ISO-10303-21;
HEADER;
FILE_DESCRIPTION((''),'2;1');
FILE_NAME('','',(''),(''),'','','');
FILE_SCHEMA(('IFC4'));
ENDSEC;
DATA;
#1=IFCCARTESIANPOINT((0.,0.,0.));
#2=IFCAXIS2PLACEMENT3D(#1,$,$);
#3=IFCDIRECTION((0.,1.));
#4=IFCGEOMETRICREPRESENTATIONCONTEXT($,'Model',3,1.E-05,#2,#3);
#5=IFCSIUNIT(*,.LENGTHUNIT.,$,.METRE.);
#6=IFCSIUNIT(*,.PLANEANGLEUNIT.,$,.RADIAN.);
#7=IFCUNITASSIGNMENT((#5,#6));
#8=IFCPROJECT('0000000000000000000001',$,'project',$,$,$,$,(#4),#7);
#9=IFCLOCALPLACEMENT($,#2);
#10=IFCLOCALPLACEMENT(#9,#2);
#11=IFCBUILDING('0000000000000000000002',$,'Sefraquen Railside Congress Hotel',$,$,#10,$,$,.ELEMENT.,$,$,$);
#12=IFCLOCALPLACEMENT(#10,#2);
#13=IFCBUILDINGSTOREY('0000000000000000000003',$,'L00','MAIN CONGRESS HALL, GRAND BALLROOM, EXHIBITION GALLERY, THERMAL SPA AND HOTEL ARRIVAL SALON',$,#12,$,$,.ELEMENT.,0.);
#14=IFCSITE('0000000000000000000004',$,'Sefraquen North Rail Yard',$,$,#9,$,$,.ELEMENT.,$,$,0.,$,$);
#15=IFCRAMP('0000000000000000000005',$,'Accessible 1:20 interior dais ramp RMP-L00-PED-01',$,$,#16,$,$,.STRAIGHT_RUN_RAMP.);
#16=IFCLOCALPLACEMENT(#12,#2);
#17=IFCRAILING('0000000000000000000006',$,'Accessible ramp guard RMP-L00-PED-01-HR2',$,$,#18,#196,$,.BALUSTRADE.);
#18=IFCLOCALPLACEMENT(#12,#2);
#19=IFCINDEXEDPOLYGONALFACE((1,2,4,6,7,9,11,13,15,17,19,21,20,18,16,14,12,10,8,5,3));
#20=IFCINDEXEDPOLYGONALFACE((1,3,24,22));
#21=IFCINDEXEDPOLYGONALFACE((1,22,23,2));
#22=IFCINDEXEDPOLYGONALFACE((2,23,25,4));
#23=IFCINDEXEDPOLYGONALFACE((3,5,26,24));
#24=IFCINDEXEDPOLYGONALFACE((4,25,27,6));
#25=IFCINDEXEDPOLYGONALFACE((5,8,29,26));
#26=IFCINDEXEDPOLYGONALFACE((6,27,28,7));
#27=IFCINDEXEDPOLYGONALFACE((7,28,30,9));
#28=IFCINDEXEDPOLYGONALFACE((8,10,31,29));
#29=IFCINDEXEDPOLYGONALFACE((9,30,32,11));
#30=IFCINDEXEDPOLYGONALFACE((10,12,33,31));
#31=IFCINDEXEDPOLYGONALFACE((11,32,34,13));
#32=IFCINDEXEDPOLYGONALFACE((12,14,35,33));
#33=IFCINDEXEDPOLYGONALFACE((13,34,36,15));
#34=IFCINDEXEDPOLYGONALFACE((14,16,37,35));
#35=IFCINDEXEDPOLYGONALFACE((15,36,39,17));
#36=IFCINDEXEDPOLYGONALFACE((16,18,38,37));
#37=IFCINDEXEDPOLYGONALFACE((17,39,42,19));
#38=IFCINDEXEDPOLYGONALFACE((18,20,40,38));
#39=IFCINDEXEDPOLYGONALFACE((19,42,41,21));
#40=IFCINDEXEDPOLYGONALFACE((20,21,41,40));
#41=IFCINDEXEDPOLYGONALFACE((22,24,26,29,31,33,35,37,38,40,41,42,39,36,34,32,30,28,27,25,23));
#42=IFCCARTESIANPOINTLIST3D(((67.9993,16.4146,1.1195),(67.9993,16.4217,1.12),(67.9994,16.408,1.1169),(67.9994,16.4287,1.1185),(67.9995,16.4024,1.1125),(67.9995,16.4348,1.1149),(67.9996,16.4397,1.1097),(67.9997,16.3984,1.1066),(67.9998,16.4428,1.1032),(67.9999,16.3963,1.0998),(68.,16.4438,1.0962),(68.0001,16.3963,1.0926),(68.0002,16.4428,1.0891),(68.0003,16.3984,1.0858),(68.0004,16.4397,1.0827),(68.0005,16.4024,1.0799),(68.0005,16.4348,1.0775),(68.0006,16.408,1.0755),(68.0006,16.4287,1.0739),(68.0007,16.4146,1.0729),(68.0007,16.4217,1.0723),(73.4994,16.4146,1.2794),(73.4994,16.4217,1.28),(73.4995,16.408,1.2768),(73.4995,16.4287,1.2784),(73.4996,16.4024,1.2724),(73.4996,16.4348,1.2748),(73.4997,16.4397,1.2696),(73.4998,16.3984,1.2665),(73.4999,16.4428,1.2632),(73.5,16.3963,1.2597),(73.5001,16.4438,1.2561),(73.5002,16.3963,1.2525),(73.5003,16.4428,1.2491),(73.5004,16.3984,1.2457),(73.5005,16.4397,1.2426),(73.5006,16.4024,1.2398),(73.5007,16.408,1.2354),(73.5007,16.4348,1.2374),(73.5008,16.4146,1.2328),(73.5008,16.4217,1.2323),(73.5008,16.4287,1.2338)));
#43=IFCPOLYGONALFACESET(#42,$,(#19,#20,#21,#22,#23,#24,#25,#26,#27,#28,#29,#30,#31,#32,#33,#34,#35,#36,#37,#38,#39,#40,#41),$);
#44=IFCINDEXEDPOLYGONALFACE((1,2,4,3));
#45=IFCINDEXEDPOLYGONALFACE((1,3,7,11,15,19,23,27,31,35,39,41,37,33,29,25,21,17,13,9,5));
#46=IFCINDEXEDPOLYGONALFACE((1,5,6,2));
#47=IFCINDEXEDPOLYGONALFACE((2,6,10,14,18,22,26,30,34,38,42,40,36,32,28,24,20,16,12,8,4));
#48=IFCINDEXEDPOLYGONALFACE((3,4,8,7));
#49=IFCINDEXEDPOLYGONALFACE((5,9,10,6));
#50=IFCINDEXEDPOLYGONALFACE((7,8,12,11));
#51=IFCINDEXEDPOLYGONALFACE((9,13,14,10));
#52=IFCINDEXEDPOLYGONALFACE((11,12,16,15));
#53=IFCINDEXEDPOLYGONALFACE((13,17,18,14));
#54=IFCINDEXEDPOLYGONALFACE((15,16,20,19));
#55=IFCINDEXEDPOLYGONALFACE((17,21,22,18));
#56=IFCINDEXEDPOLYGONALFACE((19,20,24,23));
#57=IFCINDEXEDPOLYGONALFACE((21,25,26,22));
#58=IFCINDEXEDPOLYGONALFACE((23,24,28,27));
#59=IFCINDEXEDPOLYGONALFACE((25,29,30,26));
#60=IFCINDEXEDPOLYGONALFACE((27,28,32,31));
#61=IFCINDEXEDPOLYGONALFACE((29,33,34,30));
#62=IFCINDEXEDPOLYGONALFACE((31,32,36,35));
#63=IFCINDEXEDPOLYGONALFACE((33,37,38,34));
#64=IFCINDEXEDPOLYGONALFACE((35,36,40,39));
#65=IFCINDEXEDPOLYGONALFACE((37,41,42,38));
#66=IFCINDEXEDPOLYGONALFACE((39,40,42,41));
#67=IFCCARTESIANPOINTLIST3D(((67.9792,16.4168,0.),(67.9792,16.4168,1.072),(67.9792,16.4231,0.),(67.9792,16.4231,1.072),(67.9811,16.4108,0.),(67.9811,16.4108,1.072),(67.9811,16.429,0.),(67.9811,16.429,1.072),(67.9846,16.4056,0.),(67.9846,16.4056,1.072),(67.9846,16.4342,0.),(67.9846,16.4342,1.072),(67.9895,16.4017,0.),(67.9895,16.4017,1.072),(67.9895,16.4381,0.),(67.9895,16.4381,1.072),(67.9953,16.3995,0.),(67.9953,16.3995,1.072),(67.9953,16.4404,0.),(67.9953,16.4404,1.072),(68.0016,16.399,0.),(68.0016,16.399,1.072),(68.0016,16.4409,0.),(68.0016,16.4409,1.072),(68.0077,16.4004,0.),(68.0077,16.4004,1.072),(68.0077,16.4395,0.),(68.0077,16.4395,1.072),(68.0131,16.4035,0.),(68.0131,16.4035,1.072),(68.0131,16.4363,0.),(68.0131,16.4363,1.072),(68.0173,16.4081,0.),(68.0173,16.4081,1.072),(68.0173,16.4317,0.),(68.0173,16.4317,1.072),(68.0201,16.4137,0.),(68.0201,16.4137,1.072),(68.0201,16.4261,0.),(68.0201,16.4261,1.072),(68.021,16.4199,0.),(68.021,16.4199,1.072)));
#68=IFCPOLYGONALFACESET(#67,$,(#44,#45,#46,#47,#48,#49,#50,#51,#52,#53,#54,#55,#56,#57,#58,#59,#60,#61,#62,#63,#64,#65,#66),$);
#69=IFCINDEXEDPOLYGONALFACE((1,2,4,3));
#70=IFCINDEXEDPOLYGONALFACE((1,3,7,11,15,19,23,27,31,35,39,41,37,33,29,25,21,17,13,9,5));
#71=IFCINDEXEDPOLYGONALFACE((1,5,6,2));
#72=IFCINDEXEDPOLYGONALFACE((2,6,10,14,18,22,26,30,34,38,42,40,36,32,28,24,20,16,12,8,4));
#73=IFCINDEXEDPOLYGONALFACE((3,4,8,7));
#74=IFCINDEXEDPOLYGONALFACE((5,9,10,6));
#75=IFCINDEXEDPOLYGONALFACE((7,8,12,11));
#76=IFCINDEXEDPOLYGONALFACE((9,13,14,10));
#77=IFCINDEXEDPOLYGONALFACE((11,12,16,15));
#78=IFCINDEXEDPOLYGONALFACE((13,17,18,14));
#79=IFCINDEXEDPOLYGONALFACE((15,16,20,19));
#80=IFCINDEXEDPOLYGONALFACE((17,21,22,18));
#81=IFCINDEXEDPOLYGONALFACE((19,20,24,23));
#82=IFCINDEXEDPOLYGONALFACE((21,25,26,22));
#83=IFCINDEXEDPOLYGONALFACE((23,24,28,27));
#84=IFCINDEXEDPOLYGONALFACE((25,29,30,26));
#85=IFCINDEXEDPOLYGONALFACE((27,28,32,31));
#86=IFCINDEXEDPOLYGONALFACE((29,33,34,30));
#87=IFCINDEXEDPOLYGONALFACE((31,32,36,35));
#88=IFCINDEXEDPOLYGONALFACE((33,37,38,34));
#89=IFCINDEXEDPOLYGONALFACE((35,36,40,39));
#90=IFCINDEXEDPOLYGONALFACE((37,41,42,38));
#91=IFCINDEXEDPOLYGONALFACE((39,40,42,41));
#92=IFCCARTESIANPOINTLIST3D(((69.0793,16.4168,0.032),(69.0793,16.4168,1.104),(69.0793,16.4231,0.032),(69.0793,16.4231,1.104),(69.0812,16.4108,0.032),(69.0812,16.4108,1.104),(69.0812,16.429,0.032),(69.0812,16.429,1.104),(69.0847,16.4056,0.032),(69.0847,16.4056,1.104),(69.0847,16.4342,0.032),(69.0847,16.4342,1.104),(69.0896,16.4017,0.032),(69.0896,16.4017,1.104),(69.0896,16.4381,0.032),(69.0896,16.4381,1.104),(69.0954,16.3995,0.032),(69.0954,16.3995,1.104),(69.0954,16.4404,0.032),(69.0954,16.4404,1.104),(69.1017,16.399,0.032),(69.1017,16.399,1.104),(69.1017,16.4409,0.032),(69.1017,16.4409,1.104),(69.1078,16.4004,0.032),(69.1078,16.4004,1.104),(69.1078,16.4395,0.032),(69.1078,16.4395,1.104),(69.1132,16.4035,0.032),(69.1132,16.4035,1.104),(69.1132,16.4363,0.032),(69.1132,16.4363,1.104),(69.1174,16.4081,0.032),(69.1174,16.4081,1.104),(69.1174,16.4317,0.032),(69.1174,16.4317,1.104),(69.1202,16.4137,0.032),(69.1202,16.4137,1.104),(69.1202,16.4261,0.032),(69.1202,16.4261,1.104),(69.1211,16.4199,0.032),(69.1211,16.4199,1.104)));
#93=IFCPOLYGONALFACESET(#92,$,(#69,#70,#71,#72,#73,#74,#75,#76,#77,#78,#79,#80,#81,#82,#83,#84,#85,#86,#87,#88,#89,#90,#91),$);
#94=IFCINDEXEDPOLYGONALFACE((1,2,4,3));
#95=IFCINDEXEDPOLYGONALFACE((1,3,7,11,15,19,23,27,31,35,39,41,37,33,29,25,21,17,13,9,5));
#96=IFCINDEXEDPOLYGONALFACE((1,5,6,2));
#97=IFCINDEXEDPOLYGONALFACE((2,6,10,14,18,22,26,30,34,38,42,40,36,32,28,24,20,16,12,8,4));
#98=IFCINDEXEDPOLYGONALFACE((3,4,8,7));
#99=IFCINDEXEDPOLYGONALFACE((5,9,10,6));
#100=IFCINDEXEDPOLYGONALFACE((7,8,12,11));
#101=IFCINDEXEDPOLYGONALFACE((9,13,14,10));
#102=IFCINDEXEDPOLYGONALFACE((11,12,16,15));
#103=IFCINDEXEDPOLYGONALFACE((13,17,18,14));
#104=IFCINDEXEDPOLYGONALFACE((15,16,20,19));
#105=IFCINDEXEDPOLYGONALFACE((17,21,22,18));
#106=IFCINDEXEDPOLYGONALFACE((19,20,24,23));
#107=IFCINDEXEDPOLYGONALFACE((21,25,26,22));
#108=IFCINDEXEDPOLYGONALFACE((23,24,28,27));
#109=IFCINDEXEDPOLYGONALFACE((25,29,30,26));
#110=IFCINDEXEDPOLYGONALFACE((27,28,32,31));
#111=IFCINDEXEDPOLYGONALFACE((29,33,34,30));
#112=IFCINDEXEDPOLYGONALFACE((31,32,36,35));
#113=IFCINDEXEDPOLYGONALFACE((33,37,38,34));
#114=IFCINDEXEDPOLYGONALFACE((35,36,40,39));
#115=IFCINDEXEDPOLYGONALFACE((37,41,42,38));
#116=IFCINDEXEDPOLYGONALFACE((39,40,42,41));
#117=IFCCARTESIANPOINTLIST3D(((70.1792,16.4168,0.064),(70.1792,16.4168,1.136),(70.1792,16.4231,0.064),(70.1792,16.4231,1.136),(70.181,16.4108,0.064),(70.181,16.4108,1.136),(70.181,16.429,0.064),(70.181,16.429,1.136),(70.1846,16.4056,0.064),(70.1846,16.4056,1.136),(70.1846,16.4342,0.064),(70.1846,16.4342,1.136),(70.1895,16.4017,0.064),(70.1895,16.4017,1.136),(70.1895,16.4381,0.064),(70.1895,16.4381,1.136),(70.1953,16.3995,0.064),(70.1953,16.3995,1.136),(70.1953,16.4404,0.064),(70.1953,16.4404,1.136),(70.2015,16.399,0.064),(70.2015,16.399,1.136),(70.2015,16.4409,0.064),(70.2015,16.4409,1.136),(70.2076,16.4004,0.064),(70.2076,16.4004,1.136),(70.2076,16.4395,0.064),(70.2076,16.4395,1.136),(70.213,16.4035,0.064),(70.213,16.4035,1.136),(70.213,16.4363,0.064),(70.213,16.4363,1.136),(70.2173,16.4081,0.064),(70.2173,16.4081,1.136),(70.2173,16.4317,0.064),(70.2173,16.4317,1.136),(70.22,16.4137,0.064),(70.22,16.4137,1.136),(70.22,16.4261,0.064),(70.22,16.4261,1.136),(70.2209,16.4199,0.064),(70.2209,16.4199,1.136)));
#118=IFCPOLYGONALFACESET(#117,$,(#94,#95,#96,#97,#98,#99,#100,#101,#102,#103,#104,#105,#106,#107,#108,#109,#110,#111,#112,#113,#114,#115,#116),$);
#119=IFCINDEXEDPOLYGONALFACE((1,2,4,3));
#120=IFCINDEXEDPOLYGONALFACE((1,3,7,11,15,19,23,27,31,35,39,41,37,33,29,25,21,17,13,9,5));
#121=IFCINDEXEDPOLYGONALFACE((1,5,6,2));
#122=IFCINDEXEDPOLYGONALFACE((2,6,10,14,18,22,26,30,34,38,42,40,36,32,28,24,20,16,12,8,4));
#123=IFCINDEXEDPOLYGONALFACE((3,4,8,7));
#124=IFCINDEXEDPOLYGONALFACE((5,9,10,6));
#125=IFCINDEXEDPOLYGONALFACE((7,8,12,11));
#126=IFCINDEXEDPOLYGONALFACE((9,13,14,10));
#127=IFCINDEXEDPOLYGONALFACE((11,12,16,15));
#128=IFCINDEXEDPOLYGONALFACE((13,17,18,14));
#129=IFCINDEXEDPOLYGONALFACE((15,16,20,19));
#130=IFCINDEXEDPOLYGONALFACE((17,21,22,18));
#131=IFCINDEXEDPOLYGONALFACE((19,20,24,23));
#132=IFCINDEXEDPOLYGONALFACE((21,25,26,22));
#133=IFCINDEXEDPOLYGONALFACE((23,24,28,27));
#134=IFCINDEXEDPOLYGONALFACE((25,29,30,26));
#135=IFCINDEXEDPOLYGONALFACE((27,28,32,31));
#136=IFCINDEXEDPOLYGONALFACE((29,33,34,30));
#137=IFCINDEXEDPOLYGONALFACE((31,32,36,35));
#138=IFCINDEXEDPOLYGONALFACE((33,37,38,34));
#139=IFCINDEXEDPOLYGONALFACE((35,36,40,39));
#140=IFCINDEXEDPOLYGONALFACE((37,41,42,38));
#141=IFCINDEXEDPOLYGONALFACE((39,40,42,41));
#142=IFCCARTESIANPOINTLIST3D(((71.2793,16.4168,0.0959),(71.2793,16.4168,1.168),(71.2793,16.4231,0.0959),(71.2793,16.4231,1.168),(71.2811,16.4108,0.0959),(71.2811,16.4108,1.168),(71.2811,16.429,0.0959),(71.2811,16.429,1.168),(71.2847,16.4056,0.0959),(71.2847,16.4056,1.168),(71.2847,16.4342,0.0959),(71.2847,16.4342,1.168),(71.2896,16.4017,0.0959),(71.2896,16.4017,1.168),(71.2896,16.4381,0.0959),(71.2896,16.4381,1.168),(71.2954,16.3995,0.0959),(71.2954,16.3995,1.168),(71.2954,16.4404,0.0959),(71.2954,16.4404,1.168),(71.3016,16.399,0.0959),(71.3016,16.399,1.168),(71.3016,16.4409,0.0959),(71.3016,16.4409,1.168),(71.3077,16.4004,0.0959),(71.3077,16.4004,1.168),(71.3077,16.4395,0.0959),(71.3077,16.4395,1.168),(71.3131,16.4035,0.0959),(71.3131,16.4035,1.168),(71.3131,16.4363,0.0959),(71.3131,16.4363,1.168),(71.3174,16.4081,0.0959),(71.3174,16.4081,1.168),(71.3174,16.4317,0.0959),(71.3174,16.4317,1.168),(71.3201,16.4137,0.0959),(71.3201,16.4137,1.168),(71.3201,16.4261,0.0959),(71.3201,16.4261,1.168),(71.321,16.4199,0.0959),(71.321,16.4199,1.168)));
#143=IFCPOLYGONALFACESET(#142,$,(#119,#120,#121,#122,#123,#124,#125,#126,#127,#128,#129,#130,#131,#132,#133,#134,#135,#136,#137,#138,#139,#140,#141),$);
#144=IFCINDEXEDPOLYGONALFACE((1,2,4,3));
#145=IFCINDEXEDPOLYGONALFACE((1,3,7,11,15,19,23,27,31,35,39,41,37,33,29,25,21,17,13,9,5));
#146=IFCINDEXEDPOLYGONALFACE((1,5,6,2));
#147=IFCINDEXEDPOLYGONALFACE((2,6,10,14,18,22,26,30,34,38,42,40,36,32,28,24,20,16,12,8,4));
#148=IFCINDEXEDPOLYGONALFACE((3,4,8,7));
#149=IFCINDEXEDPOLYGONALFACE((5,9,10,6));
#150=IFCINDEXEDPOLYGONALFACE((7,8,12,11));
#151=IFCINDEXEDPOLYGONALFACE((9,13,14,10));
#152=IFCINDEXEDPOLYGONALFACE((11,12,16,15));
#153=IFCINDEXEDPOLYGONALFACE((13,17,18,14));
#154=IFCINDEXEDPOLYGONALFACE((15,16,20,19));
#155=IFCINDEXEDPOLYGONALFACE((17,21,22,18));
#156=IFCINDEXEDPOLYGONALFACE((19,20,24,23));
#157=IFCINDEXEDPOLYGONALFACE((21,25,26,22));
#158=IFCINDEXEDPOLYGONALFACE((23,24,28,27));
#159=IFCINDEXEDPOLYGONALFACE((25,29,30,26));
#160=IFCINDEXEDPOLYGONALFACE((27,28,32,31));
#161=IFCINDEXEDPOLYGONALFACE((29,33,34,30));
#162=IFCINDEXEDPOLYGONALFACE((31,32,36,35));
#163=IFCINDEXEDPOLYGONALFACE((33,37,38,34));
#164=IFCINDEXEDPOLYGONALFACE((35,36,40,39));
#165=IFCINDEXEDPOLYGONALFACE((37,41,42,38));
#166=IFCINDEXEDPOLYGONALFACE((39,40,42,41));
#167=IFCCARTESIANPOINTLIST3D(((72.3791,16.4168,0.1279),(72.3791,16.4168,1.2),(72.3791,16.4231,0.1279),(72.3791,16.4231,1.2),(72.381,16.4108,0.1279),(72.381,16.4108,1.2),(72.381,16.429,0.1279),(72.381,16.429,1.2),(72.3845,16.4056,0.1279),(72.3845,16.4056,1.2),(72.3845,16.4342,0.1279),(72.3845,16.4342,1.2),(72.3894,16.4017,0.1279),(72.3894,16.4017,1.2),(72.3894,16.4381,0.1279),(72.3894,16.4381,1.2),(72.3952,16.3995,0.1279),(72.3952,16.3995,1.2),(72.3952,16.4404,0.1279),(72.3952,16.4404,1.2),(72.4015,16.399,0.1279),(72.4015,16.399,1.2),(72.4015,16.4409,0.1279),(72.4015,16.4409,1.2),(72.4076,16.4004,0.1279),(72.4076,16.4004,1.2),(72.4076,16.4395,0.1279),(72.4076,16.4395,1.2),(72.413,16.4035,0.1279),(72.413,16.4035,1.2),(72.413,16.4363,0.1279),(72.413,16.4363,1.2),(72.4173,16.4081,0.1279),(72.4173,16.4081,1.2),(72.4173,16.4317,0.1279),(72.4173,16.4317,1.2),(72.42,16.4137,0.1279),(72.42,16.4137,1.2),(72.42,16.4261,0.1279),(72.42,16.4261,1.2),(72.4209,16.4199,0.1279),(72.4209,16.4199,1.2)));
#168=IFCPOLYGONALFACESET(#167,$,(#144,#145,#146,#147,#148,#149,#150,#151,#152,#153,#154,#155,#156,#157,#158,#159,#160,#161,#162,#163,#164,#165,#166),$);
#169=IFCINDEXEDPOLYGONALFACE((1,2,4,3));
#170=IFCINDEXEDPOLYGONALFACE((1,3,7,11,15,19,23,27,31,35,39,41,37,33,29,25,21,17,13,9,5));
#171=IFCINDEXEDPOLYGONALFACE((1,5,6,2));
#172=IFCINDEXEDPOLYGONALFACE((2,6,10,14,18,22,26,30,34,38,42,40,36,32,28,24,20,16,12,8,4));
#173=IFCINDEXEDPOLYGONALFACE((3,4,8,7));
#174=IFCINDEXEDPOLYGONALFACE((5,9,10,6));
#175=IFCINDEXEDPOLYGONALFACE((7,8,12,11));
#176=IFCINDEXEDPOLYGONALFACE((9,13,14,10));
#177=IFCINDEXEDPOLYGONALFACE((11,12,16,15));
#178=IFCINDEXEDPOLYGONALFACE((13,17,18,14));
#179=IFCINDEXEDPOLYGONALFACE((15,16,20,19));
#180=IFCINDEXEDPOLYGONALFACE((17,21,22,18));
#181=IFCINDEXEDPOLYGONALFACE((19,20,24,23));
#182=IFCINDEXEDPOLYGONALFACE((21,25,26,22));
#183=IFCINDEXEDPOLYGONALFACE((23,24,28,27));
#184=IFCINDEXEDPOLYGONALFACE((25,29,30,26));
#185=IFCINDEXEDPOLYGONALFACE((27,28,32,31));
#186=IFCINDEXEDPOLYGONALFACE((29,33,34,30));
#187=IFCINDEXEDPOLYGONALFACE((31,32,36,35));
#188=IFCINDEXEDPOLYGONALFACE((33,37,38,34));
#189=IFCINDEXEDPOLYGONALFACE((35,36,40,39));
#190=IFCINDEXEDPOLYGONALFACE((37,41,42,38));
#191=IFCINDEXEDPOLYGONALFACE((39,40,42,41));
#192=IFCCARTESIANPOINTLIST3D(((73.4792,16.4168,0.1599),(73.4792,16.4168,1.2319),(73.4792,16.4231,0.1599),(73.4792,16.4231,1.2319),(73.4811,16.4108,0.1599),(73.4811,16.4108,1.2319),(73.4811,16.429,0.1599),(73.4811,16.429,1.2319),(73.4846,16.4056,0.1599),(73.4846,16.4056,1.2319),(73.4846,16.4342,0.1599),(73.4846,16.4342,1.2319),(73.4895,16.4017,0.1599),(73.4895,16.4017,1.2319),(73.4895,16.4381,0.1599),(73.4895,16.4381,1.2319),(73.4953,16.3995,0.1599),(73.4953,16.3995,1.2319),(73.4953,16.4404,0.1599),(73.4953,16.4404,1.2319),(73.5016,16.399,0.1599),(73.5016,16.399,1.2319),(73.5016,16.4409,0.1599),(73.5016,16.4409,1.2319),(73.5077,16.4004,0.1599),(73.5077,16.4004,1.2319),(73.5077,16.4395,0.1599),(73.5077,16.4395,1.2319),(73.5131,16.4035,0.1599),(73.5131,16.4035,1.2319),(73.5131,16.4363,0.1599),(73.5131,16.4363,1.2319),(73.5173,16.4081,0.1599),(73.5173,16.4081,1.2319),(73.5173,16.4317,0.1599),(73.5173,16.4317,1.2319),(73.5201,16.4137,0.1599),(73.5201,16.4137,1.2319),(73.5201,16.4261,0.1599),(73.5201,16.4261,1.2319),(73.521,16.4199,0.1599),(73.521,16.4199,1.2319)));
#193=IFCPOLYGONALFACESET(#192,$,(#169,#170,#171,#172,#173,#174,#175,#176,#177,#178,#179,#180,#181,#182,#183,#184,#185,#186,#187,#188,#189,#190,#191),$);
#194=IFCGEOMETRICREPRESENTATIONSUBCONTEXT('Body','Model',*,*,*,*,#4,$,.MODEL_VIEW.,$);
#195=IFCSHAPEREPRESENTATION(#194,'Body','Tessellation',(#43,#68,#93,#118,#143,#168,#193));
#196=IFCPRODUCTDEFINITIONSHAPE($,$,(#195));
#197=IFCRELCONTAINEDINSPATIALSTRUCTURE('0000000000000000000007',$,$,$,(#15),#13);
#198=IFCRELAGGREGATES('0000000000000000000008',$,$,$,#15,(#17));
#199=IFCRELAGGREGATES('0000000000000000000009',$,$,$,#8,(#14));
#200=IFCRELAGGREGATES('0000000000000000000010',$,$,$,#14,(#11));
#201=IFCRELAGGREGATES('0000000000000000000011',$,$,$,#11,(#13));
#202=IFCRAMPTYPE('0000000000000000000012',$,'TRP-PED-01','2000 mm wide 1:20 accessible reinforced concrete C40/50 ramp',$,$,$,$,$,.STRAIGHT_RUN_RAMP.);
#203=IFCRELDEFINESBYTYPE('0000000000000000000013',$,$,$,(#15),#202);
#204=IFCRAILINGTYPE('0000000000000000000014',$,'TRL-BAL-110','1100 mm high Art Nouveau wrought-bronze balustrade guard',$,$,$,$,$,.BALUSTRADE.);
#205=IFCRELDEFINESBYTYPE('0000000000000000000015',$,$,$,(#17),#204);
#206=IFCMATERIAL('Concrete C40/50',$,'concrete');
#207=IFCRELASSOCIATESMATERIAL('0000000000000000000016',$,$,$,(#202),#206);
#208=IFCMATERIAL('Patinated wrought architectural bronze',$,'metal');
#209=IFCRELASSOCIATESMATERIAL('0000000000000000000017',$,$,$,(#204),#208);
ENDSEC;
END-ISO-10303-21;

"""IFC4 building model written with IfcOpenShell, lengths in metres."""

from ifc_helpers import new_model, si_unit, direction, frame, origin, origin_2d, place, context, subcontext, project, spatial, circle, extrude, material, type_object, element, aggregate, save


model = new_model("IFC4")

# Units and contexts
model_context = context("Model", 3, precision=1e-05, world=origin(), true_north=direction((0.0, 1.0)))
body_context = subcontext(model_context, "Body", "Model", "MODEL_VIEW")
ifc_project = project(units=[si_unit("LENGTHUNIT", "METRE"), si_unit("PLANEANGLEUNIT", "RADIAN")], contexts=[model_context])

# Site, building, storey
site_placement = place(None, origin())
site = spatial("IfcSite", under=ifc_project, at=site_placement, Name="Sefraquen North Rail Yard", CompositionType="ELEMENT", RefElevation=0.0)
building_placement = place(site_placement, origin())
building = spatial("IfcBuilding", under=site, at=building_placement, Name="Sefraquen Railside Congress Hotel", CompositionType="ELEMENT")
storey_placement = place(building_placement, origin())
storey = spatial("IfcBuildingStorey", under=building, at=storey_placement, Name="L00", Description="MAIN CONGRESS HALL, GRAND BALLROOM, EXHIBITION GALLERY, THERMAL SPA AND HOTEL ARRIVAL SALON", CompositionType="ELEMENT", Elevation=0.0)

# Ramp, railing
ifc_material_1 = material(Name="Concrete C40/50", Category="concrete")
ramp_type = type_object("IfcRampType", Name="TRP-PED-01", Description="2000 mm wide 1:20 accessible reinforced concrete C40/50 ramp", PredefinedType="STRAIGHT_RUN_RAMP", material=ifc_material_1)
ramp_placement = place(storey_placement, origin())
ramp = element("IfcRamp", 1, at=ramp_placement, inside=storey, type_object=ramp_type, Name="Accessible 1:20 interior dais ramp RMP-L00-PED-01", PredefinedType="STRAIGHT_RUN_RAMP")
ifc_material_2 = material(Name="Patinated wrought architectural bronze", Category="metal")
railing_type = type_object("IfcRailingType", Name="TRL-BAL-110", Description="1100 mm high Art Nouveau wrought-bronze balustrade guard", PredefinedType="BALUSTRADE", material=ifc_material_2)
railing_1_placement = place(storey_placement, frame((68.0, 16.4199, 0.0)))
railing_1 = element("IfcRailing", 2, at=railing_1_placement, type_object=railing_type, Name="Accessible ramp guard RMP-L00-PED-01-HR2", PredefinedType="BALUSTRADE", context=body_context, shape_type="SweptSolid", body=[
    extrude(circle(Radius=0.0239, at=origin_2d()), frame((0.0, 0.0, 1.0962), z_axis=(0.999578, 0.0, 0.029063), x_axis=(0.0, 1.0, 0.0)), (0.0, 0.0, 1.0), 5.5024),
    extrude(circle(Radius=0.021, at=origin_2d()), origin(), (0.0, 0.0, 1.0), 1.072),
    extrude(circle(Radius=0.021, at=origin_2d()), frame((1.1001, 0.0, 0.032)), (0.0, 0.0, 1.0), 1.072),
    extrude(circle(Radius=0.021, at=origin_2d()), frame((2.2, 0.0, 0.064)), (0.0, 0.0, 1.0), 1.072),
    extrude(circle(Radius=0.021, at=origin_2d()), frame((3.3, 0.0, 0.0959)), (0.0, 0.0, 1.0), 1.072),
    extrude(circle(Radius=0.021, at=origin_2d()), frame((4.3999, 0.0, 0.1279)), (0.0, 0.0, 1.0), 1.072),
    extrude(circle(Radius=0.021, at=origin_2d()), frame((5.5, 0.0, 0.1599)), (0.0, 0.0, 1.0), 1.072),
])
aggregate(ramp, [railing_1])

save(model, "model.ifc")
